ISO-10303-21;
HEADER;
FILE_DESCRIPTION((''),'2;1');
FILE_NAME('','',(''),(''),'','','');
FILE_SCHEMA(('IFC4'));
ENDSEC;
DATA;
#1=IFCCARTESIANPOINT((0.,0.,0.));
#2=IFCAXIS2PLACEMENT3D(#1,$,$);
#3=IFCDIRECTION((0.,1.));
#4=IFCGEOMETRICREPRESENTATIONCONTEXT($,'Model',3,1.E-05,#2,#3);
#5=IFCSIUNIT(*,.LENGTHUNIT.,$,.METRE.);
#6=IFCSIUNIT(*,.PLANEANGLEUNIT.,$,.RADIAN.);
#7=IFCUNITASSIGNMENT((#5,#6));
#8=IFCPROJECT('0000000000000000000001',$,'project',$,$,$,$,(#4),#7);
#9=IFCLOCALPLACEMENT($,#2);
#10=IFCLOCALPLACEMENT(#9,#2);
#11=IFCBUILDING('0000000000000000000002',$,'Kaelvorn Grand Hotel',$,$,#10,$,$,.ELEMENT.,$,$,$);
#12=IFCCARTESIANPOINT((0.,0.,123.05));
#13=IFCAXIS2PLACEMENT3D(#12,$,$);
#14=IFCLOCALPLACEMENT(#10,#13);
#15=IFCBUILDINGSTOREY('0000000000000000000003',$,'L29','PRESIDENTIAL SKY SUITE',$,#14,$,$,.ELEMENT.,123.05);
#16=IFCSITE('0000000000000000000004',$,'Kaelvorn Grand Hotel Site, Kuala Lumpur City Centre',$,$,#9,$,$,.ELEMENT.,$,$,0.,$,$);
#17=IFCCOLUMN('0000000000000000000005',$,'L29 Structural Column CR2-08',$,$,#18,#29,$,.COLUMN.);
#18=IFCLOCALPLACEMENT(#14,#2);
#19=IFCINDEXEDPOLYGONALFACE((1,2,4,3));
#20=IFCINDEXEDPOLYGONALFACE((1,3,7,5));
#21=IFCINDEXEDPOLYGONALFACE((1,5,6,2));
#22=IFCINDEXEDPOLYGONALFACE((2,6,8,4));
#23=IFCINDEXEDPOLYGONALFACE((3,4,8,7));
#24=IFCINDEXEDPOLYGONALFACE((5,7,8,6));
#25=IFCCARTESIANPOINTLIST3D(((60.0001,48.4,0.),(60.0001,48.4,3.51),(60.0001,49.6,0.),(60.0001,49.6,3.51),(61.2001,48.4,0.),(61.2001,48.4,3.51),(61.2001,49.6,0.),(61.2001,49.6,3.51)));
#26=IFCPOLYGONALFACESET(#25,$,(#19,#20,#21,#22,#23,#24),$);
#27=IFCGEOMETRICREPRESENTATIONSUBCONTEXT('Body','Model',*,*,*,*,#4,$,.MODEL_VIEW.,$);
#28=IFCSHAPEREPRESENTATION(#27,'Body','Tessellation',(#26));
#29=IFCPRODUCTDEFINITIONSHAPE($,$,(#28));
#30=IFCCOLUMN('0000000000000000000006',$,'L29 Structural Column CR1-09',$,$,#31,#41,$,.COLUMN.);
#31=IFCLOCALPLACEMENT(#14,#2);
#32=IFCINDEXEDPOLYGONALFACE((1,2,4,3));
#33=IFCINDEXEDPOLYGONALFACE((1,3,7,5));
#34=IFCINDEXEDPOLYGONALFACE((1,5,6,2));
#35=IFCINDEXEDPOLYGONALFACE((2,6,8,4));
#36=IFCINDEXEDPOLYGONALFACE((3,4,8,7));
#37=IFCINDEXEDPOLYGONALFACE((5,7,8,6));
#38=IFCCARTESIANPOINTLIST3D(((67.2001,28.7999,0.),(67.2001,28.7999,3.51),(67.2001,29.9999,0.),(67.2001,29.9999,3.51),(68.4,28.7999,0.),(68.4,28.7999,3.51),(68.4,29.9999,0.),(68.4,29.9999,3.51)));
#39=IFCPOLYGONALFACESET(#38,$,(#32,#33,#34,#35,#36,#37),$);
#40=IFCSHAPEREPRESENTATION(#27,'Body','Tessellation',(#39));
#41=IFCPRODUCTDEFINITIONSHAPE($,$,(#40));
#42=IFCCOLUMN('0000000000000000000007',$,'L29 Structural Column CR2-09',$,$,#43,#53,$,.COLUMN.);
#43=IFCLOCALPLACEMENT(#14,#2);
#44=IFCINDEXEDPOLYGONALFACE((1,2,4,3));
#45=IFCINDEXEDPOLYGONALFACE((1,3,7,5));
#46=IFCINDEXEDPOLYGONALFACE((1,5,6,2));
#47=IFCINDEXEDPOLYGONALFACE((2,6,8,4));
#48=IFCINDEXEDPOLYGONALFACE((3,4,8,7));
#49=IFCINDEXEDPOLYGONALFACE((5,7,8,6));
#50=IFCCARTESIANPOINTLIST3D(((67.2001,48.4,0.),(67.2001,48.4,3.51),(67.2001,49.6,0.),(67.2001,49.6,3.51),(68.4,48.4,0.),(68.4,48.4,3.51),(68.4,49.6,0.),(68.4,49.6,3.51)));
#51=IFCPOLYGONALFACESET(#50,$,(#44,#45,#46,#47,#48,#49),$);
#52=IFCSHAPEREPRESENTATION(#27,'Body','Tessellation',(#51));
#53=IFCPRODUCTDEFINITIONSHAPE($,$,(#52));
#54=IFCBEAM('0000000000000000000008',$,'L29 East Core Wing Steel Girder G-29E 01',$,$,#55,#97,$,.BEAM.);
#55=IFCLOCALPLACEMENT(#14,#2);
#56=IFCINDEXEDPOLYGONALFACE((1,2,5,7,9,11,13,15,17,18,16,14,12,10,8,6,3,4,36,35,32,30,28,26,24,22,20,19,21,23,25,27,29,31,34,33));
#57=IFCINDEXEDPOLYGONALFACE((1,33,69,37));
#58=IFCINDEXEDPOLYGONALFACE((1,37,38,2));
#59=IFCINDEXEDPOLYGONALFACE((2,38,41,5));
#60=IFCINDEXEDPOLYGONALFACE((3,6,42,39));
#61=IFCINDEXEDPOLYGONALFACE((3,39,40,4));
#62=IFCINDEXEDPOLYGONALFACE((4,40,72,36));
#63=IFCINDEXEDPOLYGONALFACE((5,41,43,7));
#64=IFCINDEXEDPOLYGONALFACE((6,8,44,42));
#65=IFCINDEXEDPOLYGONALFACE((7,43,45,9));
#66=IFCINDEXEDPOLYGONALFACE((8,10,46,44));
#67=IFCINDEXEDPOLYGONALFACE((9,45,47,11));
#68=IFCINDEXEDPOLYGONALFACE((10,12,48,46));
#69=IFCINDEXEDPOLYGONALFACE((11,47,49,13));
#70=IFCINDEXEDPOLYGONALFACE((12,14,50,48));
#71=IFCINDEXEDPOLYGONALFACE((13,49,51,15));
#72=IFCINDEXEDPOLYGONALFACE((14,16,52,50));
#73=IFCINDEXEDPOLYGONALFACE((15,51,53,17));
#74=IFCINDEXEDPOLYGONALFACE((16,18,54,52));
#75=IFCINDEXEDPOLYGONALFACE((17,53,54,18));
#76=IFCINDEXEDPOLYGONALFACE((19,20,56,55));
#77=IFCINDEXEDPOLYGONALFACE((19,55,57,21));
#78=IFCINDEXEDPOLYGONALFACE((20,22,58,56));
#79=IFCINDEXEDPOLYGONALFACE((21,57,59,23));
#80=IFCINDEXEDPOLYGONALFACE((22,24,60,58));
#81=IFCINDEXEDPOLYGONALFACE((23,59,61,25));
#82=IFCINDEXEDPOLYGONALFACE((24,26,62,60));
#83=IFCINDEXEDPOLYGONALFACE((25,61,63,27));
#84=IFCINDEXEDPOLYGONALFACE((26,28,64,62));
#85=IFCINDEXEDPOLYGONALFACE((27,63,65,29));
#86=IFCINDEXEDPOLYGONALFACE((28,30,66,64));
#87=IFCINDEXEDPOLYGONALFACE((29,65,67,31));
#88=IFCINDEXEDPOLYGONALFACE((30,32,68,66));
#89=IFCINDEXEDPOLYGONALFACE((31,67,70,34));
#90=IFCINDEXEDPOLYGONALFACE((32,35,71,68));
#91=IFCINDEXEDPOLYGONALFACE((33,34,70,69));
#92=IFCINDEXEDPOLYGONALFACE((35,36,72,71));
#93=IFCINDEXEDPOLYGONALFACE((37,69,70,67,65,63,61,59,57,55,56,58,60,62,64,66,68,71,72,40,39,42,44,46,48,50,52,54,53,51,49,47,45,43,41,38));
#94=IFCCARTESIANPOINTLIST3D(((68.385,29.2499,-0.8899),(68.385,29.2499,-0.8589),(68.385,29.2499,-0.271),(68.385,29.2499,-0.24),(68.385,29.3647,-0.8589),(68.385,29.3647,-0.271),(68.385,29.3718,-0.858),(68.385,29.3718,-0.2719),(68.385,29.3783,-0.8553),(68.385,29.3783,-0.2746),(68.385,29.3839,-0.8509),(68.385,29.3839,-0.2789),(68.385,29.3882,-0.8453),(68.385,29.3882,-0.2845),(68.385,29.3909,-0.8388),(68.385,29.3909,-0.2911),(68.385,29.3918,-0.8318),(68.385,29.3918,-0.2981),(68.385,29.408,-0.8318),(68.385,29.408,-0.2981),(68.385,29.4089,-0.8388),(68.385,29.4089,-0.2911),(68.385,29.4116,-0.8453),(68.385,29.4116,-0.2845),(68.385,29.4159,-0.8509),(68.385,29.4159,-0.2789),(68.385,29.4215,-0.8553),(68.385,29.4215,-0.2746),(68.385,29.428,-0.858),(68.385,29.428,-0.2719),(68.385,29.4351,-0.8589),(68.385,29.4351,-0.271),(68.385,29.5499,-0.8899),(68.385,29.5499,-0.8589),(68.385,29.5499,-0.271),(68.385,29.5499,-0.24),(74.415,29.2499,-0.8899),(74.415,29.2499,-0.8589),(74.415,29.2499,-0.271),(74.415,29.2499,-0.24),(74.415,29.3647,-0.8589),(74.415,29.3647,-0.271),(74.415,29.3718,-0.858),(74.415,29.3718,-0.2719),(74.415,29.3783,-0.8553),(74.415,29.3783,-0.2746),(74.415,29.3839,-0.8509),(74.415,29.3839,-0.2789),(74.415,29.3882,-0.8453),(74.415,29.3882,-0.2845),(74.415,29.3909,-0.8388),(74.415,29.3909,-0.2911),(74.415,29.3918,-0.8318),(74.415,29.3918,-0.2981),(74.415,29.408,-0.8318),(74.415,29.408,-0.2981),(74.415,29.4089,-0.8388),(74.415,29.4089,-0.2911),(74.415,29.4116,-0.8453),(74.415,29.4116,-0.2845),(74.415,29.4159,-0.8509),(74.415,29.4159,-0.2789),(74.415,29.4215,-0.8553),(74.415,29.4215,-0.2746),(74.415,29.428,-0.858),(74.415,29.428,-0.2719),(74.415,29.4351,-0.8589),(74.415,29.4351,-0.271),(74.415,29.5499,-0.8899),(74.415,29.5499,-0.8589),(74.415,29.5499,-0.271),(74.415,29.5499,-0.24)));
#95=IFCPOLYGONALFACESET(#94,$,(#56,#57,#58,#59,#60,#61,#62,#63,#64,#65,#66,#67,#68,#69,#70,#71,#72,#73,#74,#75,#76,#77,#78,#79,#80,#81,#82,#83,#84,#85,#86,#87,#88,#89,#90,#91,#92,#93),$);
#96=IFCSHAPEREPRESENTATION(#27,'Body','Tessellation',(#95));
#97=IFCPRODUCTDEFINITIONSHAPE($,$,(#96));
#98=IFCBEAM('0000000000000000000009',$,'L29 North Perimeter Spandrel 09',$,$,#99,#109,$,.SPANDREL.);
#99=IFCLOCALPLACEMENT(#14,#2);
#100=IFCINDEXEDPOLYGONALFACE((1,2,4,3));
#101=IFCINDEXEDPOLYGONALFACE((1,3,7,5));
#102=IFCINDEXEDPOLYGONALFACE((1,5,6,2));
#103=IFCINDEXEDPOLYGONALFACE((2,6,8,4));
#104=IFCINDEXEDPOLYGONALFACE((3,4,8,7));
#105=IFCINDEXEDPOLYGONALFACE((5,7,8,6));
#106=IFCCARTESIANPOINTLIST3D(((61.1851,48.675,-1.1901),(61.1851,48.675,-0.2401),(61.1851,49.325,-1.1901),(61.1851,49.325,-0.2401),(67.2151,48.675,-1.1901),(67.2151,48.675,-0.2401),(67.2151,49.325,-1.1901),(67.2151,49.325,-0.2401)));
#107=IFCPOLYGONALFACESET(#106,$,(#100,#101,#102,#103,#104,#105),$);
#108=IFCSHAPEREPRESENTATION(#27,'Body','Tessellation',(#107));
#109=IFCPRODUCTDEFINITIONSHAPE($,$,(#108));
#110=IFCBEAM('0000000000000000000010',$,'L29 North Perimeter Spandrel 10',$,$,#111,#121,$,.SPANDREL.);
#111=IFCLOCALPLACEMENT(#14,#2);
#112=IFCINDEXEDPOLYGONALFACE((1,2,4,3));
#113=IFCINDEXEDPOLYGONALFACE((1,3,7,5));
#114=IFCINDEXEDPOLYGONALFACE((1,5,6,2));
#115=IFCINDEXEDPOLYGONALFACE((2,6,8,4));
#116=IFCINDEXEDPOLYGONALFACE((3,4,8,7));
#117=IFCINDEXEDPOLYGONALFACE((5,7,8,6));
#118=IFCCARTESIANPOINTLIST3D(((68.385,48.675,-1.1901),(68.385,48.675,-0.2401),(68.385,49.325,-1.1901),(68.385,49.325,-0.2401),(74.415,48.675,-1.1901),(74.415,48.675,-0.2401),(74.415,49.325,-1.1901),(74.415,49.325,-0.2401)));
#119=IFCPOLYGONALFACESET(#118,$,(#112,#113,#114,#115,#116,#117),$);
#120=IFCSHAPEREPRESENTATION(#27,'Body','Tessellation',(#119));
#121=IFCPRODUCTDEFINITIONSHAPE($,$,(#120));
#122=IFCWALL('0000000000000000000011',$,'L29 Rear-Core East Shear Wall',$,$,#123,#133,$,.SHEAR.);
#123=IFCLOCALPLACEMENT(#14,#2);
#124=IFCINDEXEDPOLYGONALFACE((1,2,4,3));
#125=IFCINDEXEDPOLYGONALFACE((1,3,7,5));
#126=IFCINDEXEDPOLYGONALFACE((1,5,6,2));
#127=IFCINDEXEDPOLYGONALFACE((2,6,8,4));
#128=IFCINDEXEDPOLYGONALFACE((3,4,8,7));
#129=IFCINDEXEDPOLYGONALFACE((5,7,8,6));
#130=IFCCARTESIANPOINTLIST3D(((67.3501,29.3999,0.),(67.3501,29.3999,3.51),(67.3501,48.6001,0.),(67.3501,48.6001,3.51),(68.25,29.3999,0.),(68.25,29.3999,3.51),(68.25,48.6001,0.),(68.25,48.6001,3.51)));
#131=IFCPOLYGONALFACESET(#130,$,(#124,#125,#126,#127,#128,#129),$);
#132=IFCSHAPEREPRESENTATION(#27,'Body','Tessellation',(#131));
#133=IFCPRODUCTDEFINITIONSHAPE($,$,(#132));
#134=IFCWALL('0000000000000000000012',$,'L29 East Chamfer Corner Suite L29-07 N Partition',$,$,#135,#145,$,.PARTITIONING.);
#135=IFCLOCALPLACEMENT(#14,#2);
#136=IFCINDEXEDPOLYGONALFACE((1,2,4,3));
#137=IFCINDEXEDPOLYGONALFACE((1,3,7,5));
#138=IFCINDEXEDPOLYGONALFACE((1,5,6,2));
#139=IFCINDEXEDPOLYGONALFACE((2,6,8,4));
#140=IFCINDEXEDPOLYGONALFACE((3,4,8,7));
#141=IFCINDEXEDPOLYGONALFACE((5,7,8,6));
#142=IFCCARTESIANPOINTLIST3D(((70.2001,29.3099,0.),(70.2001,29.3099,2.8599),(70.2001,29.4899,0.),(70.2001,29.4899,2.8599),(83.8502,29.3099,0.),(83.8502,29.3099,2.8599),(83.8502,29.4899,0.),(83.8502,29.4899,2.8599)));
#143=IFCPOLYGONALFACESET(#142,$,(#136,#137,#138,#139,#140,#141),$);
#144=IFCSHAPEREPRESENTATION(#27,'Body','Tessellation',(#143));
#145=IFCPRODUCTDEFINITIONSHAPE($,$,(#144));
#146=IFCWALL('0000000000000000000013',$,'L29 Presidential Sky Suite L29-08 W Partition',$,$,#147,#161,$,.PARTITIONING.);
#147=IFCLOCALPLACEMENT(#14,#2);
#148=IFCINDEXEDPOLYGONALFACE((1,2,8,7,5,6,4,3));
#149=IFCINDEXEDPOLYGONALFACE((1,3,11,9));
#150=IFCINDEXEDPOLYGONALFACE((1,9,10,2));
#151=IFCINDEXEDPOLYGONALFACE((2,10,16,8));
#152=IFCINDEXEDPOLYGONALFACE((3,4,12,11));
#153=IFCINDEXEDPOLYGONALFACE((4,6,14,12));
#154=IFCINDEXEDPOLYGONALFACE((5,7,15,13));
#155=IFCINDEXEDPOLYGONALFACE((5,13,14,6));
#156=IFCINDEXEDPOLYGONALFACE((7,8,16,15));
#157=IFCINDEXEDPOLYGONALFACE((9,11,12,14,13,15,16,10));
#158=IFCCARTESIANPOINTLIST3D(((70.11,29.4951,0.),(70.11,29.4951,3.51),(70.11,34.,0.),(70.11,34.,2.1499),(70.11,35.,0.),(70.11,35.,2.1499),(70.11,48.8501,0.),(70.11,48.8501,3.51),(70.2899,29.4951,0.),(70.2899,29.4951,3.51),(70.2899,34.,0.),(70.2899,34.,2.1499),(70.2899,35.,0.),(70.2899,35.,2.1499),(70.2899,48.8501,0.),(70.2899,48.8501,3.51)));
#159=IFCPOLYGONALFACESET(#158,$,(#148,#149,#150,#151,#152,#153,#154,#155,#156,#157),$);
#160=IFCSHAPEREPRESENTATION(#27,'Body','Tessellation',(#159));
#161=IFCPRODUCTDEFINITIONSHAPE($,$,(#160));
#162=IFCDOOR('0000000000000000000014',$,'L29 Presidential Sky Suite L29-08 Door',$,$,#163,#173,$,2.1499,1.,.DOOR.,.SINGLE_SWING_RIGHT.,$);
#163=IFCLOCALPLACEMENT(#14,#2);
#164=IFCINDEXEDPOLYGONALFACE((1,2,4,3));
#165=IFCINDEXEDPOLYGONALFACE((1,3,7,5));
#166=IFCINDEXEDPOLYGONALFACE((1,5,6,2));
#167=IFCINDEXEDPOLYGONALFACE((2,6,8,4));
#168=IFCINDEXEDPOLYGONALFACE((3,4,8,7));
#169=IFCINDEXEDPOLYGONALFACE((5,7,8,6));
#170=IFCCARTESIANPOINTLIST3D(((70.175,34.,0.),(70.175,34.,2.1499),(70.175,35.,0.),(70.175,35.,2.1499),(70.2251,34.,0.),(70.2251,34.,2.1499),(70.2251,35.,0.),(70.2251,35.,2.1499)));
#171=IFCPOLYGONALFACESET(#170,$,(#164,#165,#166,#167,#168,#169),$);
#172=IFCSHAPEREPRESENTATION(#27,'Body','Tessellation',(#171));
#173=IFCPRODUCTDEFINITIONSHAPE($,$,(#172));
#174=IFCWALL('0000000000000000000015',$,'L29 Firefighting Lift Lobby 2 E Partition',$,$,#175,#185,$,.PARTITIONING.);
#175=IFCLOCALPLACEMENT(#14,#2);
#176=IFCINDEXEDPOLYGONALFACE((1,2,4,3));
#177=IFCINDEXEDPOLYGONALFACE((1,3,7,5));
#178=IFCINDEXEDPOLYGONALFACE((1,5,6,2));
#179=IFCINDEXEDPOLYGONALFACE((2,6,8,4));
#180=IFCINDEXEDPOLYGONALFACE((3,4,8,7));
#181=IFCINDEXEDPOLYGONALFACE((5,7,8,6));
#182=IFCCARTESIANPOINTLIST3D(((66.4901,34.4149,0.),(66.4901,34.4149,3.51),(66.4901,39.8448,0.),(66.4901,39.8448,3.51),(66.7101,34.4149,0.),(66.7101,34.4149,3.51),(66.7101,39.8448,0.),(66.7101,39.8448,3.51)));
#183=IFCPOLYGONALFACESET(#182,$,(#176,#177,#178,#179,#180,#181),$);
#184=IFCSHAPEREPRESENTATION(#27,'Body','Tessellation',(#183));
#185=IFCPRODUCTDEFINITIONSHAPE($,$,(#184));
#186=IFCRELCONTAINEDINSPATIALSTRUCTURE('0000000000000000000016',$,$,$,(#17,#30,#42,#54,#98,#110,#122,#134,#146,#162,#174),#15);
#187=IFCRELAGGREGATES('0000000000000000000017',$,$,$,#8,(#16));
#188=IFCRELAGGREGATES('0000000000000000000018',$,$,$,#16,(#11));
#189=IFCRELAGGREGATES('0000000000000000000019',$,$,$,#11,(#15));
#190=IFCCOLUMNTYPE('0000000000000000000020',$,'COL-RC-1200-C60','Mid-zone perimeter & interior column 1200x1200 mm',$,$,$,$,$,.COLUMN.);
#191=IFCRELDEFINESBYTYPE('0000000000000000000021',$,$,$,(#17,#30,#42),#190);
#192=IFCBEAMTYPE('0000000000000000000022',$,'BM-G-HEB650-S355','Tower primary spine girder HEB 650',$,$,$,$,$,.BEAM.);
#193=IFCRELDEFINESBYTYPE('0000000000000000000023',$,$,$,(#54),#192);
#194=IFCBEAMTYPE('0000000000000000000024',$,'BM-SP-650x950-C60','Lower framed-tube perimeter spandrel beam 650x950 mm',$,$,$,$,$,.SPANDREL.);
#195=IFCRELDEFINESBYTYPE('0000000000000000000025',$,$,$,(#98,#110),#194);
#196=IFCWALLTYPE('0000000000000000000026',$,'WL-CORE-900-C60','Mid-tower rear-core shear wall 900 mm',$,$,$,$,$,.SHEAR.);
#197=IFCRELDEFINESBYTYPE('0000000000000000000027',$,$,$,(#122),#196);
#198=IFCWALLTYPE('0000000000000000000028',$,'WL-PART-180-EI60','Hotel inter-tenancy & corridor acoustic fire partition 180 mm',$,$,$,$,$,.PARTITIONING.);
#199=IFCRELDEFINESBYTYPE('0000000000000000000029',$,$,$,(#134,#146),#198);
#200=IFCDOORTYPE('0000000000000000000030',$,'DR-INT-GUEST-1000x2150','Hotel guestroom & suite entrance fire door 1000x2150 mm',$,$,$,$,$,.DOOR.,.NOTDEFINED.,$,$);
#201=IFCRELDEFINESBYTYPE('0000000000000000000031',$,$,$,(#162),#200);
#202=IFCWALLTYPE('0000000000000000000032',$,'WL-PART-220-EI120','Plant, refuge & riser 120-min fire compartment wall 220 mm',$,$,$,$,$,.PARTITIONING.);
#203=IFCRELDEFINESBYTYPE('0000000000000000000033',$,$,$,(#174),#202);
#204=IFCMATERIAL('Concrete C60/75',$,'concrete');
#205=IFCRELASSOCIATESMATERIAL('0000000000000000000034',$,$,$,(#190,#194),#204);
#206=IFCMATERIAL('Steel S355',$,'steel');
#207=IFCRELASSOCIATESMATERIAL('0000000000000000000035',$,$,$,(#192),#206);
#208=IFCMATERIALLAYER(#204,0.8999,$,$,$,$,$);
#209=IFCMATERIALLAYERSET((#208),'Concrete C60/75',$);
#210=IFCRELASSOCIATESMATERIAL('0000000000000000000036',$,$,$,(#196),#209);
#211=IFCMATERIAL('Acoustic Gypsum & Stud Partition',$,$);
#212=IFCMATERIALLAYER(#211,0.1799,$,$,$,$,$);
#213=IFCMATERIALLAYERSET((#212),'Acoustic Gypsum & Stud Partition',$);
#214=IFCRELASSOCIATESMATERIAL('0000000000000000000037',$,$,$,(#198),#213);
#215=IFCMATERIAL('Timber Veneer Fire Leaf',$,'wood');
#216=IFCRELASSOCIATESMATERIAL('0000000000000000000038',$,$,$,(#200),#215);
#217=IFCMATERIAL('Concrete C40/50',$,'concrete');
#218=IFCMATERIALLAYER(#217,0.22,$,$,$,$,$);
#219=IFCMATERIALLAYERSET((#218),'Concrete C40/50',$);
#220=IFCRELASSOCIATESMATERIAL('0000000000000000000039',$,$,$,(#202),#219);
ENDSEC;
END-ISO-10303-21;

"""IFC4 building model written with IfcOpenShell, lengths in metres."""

from ifc_helpers import new_model, si_unit, direction, frame, frame_2d, origin, origin_2d, place, context, subcontext, project, spatial, rectangle, i_section, extrude, material, layer, layer_set, material_profile, profile_set, type_object, element, fill, save


model = new_model("IFC4")

# Units and contexts
model_context = context("Model", 3, precision=1e-05, world=origin(), true_north=direction((0.0, 1.0)))
body_context = subcontext(model_context, "Body", "Model", "MODEL_VIEW")
ifc_project = project(units=[si_unit("LENGTHUNIT", "METRE"), si_unit("PLANEANGLEUNIT", "RADIAN")], contexts=[model_context])

# Site, building, storey
site_placement = place(None, origin())
site = spatial("IfcSite", under=ifc_project, at=site_placement, Name="Kaelvorn Grand Hotel Site, Kuala Lumpur City Centre", CompositionType="ELEMENT", RefElevation=0.0)
building_placement = place(site_placement, origin())
building = spatial("IfcBuilding", under=site, at=building_placement, Name="Kaelvorn Grand Hotel", CompositionType="ELEMENT")
storey_placement = place(building_placement, frame((0.0, 0.0, 123.05)))
storey = spatial("IfcBuildingStorey", under=building, at=storey_placement, Name="L29", Description="PRESIDENTIAL SKY SUITE", CompositionType="ELEMENT", Elevation=123.05)

# Columns
ifc_material_1 = material(Name="Concrete C60/75", Category="concrete")
ifc_material_profile_1 = material_profile(ifc_material_1, rectangle(XDim=1.2, YDim=1.2, at=origin_2d()), Name="RC COL 1200x1200")
ifc_profile_set_1 = profile_set([ifc_material_profile_1], Name="Concrete C60/75")
column_type = type_object("IfcColumnType", Name="COL-RC-1200-C60", Description="Mid-zone perimeter & interior column 1200x1200 mm", PredefinedType="COLUMN", material=ifc_profile_set_1)
for number, where, z_axis, x_axis, name in (
    (1, (60.6001, 49.0, 0.0), (0.0, 0.0, 1.0), (1.0, 0.0, 0.0), "L29 Structural Column CR2-08"),
    (2, (67.8, 29.3999, 0.0), (0.0, 0.0, 1.0), (1.0, 0.0, 0.0), "L29 Structural Column CR1-09"),
    (3, (67.8, 49.0, 0.0), (0.0, 0.0, 1.0), (1.0, 0.0, 0.0), "L29 Structural Column CR2-09"),
):
    element("IfcColumn", number, at=place(storey_placement, frame(where, z_axis=z_axis, x_axis=x_axis)), inside=storey, type_object=column_type, Name=name, PredefinedType="COLUMN", context=body_context, shape_type="SweptSolid", body=[
        extrude(rectangle(XDim=1.2, YDim=1.2, at=origin_2d()), origin(), (0.0, 0.0, 1.0), 3.51),
    ])

# Beams
ifc_material_2 = material(Name="Steel S355", Category="steel")
ifc_material_profile_2 = material_profile(ifc_material_2, i_section(OverallWidth=0.3, OverallDepth=0.6499, WebThickness=0.0161, FlangeThickness=0.031, FilletRadius=0.0271, at=origin_2d()), Name="HEB 650")
ifc_profile_set_2 = profile_set([ifc_material_profile_2], Name="Steel S355")
beam_type_1 = type_object("IfcBeamType", Name="BM-G-HEB650-S355", Description="Tower primary spine girder HEB 650", PredefinedType="BEAM", material=ifc_profile_set_2)
beam_placement = place(storey_placement, frame((68.385, 29.3999, -0.5649), z_axis=(1.0, 0.0, 0.0), x_axis=(0.0, 1.0, 0.0)))
element("IfcBeam", 4, at=beam_placement, inside=storey, type_object=beam_type_1, Name="L29 East Core Wing Steel Girder G-29E 01", PredefinedType="BEAM", context=body_context, shape_type="SweptSolid", body=[
    extrude(i_section(OverallWidth=0.3, OverallDepth=0.6499, WebThickness=0.0161, FlangeThickness=0.031, FilletRadius=0.0271, at=origin_2d()), origin(), (0.0, 0.0, 1.0), 6.03),
])
ifc_material_profile_3 = material_profile(ifc_material_1, rectangle(XDim=0.6499, YDim=0.95, at=origin_2d()), Name="RC SPANDREL 650x950")
ifc_profile_set_3 = profile_set([ifc_material_profile_3], Name="Concrete C60/75")
beam_type_2 = type_object("IfcBeamType", Name="BM-SP-650x950-C60", Description="Lower framed-tube perimeter spandrel beam 650x950 mm", PredefinedType="SPANDREL", material=ifc_profile_set_3)
for number, where, z_axis, x_axis, name in (
    (5, (61.1851, 49.0, -0.7151), (1.0, 0.0, 0.0), (0.0, 1.0, 0.0), "L29 North Perimeter Spandrel 09"),
    (6, (68.385, 49.0, -0.7151), (1.0, 0.0, 0.0), (0.0, 1.0, 0.0), "L29 North Perimeter Spandrel 10"),
):
    element("IfcBeam", number, at=place(storey_placement, frame(where, z_axis=z_axis, x_axis=x_axis)), inside=storey, type_object=beam_type_2, Name=name, PredefinedType="SPANDREL", context=body_context, shape_type="SweptSolid", body=[
        extrude(rectangle(XDim=0.6499, YDim=0.95, at=origin_2d()), origin(), (0.0, 0.0, 1.0), 6.03),
    ])

# Walls
ifc_layer_1 = layer(ifc_material_1, 0.8999)
ifc_layer_set_1 = layer_set([ifc_layer_1], Name="Concrete C60/75")
wall_type_1 = type_object("IfcWallType", Name="WL-CORE-900-C60", Description="Mid-tower rear-core shear wall 900 mm", PredefinedType="SHEAR", material=ifc_layer_set_1)
wall_1_placement = place(storey_placement, frame((67.8, 29.3999, 0.0), z_axis=(0.0, 0.0, 1.0), x_axis=(0.0, 1.0, 0.0)))
element("IfcWall", 7, at=wall_1_placement, inside=storey, type_object=wall_type_1, Name="L29 Rear-Core East Shear Wall", PredefinedType="SHEAR", context=body_context, shape_type="SweptSolid", body=[
    extrude(rectangle(XDim=19.2002, YDim=0.8999, at=frame_2d((9.6001, 0.0))), origin(), (0.0, 0.0, 1.0), 3.51),
])
ifc_material_3 = material(Name="Acoustic Gypsum & Stud Partition")
ifc_layer_2 = layer(ifc_material_3, 0.1799)
ifc_layer_set_2 = layer_set([ifc_layer_2], Name="Acoustic Gypsum & Stud Partition")
wall_type_2 = type_object("IfcWallType", Name="WL-PART-180-EI60", Description="Hotel inter-tenancy & corridor acoustic fire partition 180 mm", PredefinedType="PARTITIONING", material=ifc_layer_set_2)
wall_2_placement = place(storey_placement, frame((70.2, 29.3999, 0.0), z_axis=(0.0, 0.0, 1.0), x_axis=(1.0, 0.0, 0.0)))
element("IfcWall", 8, at=wall_2_placement, inside=storey, type_object=wall_type_2, Name="L29 East Chamfer Corner Suite L29-07 N Partition", PredefinedType="PARTITIONING", context=body_context, shape_type="SweptSolid", body=[
    extrude(rectangle(XDim=13.6501, YDim=0.1799, at=frame_2d((6.8252, 0.0))), origin(), (0.0, 0.0, 1.0), 2.8599),
])

# Wall, opening, door
wall_3_placement = place(storey_placement, frame((70.2, 29.4951, 0.0), z_axis=(0.0, 0.0, 1.0), x_axis=(0.0, 1.0, 0.0)))
wall_3 = element("IfcWall", 9, at=wall_3_placement, inside=storey, type_object=wall_type_2, Name="L29 Presidential Sky Suite L29-08 W Partition", PredefinedType="PARTITIONING", context=body_context, shape_type="SweptSolid", body=[
    extrude(rectangle(XDim=19.355, YDim=0.1799, at=frame_2d((9.6775, 0.0))), origin(), (0.0, 0.0, 1.0), 3.51),
])
opening_1_placement = place(wall_3_placement, frame((4.5049, 0.0, 0.0)))
opening_1 = element("IfcOpeningElement", 10, at=opening_1_placement, cuts=wall_3, PredefinedType="OPENING", context=body_context, shape_type="SweptSolid", body=[
    extrude(rectangle(XDim=1.0, YDim=2.1499, at=frame_2d((0.5, 1.075))), frame((0.0, 0.1001, 0.0), z_axis=(0.0, -1.0, 0.0), x_axis=(1.0, 0.0, 0.0)), (0.0, 0.0, 1.0), 0.2),
])
ifc_material_4 = material(Name="Timber Veneer Fire Leaf", Category="wood")
door_type_1 = type_object("IfcDoorType", Name="DR-INT-GUEST-1000x2150", Description="Hotel guestroom & suite entrance fire door 1000x2150 mm", OperationType="NOTDEFINED", PredefinedType="DOOR", material=ifc_material_4)
door_1_placement = place(opening_1_placement, origin())
door_1 = element("IfcDoor", 11, at=door_1_placement, inside=storey, type_object=door_type_1, Name="L29 Presidential Sky Suite L29-08 Door", OperationType="SINGLE_SWING_RIGHT", OverallHeight=2.1499, OverallWidth=1.0, PredefinedType="DOOR", context=body_context, shape_type="SweptSolid", body=[
    extrude(rectangle(XDim=1.0, YDim=2.1499, at=frame_2d((0.5, 1.075))), frame((0.0, 0.0249, 0.0), z_axis=(0.0, -1.0, 0.0), x_axis=(1.0, 0.0, 0.0)), (0.0, 0.0, 1.0), 0.05),
])
fill(opening_1, door_1)

# Wall
ifc_material_5 = material(Name="Concrete C40/50", Category="concrete")
ifc_layer_3 = layer(ifc_material_5, 0.22)
ifc_layer_set_3 = layer_set([ifc_layer_3], Name="Concrete C40/50")
wall_type_3 = type_object("IfcWallType", Name="WL-PART-220-EI120", Description="Plant, refuge & riser 120-min fire compartment wall 220 mm", PredefinedType="PARTITIONING", material=ifc_layer_set_3)
wall_4_placement = place(storey_placement, frame((66.6001, 34.415, 0.0), z_axis=(0.0, 0.0, 1.0), x_axis=(0.0, 1.0, 0.0)))
element("IfcWall", 12, at=wall_4_placement, inside=storey, type_object=wall_type_3, Name="L29 Firefighting Lift Lobby 2 E Partition", PredefinedType="PARTITIONING", context=body_context, shape_type="SweptSolid", body=[
    extrude(rectangle(XDim=5.4299, YDim=0.22, at=frame_2d((2.7148, 0.0))), origin(), (0.0, 0.0, 1.0), 3.51),
])

save(model, "model.ifc")
